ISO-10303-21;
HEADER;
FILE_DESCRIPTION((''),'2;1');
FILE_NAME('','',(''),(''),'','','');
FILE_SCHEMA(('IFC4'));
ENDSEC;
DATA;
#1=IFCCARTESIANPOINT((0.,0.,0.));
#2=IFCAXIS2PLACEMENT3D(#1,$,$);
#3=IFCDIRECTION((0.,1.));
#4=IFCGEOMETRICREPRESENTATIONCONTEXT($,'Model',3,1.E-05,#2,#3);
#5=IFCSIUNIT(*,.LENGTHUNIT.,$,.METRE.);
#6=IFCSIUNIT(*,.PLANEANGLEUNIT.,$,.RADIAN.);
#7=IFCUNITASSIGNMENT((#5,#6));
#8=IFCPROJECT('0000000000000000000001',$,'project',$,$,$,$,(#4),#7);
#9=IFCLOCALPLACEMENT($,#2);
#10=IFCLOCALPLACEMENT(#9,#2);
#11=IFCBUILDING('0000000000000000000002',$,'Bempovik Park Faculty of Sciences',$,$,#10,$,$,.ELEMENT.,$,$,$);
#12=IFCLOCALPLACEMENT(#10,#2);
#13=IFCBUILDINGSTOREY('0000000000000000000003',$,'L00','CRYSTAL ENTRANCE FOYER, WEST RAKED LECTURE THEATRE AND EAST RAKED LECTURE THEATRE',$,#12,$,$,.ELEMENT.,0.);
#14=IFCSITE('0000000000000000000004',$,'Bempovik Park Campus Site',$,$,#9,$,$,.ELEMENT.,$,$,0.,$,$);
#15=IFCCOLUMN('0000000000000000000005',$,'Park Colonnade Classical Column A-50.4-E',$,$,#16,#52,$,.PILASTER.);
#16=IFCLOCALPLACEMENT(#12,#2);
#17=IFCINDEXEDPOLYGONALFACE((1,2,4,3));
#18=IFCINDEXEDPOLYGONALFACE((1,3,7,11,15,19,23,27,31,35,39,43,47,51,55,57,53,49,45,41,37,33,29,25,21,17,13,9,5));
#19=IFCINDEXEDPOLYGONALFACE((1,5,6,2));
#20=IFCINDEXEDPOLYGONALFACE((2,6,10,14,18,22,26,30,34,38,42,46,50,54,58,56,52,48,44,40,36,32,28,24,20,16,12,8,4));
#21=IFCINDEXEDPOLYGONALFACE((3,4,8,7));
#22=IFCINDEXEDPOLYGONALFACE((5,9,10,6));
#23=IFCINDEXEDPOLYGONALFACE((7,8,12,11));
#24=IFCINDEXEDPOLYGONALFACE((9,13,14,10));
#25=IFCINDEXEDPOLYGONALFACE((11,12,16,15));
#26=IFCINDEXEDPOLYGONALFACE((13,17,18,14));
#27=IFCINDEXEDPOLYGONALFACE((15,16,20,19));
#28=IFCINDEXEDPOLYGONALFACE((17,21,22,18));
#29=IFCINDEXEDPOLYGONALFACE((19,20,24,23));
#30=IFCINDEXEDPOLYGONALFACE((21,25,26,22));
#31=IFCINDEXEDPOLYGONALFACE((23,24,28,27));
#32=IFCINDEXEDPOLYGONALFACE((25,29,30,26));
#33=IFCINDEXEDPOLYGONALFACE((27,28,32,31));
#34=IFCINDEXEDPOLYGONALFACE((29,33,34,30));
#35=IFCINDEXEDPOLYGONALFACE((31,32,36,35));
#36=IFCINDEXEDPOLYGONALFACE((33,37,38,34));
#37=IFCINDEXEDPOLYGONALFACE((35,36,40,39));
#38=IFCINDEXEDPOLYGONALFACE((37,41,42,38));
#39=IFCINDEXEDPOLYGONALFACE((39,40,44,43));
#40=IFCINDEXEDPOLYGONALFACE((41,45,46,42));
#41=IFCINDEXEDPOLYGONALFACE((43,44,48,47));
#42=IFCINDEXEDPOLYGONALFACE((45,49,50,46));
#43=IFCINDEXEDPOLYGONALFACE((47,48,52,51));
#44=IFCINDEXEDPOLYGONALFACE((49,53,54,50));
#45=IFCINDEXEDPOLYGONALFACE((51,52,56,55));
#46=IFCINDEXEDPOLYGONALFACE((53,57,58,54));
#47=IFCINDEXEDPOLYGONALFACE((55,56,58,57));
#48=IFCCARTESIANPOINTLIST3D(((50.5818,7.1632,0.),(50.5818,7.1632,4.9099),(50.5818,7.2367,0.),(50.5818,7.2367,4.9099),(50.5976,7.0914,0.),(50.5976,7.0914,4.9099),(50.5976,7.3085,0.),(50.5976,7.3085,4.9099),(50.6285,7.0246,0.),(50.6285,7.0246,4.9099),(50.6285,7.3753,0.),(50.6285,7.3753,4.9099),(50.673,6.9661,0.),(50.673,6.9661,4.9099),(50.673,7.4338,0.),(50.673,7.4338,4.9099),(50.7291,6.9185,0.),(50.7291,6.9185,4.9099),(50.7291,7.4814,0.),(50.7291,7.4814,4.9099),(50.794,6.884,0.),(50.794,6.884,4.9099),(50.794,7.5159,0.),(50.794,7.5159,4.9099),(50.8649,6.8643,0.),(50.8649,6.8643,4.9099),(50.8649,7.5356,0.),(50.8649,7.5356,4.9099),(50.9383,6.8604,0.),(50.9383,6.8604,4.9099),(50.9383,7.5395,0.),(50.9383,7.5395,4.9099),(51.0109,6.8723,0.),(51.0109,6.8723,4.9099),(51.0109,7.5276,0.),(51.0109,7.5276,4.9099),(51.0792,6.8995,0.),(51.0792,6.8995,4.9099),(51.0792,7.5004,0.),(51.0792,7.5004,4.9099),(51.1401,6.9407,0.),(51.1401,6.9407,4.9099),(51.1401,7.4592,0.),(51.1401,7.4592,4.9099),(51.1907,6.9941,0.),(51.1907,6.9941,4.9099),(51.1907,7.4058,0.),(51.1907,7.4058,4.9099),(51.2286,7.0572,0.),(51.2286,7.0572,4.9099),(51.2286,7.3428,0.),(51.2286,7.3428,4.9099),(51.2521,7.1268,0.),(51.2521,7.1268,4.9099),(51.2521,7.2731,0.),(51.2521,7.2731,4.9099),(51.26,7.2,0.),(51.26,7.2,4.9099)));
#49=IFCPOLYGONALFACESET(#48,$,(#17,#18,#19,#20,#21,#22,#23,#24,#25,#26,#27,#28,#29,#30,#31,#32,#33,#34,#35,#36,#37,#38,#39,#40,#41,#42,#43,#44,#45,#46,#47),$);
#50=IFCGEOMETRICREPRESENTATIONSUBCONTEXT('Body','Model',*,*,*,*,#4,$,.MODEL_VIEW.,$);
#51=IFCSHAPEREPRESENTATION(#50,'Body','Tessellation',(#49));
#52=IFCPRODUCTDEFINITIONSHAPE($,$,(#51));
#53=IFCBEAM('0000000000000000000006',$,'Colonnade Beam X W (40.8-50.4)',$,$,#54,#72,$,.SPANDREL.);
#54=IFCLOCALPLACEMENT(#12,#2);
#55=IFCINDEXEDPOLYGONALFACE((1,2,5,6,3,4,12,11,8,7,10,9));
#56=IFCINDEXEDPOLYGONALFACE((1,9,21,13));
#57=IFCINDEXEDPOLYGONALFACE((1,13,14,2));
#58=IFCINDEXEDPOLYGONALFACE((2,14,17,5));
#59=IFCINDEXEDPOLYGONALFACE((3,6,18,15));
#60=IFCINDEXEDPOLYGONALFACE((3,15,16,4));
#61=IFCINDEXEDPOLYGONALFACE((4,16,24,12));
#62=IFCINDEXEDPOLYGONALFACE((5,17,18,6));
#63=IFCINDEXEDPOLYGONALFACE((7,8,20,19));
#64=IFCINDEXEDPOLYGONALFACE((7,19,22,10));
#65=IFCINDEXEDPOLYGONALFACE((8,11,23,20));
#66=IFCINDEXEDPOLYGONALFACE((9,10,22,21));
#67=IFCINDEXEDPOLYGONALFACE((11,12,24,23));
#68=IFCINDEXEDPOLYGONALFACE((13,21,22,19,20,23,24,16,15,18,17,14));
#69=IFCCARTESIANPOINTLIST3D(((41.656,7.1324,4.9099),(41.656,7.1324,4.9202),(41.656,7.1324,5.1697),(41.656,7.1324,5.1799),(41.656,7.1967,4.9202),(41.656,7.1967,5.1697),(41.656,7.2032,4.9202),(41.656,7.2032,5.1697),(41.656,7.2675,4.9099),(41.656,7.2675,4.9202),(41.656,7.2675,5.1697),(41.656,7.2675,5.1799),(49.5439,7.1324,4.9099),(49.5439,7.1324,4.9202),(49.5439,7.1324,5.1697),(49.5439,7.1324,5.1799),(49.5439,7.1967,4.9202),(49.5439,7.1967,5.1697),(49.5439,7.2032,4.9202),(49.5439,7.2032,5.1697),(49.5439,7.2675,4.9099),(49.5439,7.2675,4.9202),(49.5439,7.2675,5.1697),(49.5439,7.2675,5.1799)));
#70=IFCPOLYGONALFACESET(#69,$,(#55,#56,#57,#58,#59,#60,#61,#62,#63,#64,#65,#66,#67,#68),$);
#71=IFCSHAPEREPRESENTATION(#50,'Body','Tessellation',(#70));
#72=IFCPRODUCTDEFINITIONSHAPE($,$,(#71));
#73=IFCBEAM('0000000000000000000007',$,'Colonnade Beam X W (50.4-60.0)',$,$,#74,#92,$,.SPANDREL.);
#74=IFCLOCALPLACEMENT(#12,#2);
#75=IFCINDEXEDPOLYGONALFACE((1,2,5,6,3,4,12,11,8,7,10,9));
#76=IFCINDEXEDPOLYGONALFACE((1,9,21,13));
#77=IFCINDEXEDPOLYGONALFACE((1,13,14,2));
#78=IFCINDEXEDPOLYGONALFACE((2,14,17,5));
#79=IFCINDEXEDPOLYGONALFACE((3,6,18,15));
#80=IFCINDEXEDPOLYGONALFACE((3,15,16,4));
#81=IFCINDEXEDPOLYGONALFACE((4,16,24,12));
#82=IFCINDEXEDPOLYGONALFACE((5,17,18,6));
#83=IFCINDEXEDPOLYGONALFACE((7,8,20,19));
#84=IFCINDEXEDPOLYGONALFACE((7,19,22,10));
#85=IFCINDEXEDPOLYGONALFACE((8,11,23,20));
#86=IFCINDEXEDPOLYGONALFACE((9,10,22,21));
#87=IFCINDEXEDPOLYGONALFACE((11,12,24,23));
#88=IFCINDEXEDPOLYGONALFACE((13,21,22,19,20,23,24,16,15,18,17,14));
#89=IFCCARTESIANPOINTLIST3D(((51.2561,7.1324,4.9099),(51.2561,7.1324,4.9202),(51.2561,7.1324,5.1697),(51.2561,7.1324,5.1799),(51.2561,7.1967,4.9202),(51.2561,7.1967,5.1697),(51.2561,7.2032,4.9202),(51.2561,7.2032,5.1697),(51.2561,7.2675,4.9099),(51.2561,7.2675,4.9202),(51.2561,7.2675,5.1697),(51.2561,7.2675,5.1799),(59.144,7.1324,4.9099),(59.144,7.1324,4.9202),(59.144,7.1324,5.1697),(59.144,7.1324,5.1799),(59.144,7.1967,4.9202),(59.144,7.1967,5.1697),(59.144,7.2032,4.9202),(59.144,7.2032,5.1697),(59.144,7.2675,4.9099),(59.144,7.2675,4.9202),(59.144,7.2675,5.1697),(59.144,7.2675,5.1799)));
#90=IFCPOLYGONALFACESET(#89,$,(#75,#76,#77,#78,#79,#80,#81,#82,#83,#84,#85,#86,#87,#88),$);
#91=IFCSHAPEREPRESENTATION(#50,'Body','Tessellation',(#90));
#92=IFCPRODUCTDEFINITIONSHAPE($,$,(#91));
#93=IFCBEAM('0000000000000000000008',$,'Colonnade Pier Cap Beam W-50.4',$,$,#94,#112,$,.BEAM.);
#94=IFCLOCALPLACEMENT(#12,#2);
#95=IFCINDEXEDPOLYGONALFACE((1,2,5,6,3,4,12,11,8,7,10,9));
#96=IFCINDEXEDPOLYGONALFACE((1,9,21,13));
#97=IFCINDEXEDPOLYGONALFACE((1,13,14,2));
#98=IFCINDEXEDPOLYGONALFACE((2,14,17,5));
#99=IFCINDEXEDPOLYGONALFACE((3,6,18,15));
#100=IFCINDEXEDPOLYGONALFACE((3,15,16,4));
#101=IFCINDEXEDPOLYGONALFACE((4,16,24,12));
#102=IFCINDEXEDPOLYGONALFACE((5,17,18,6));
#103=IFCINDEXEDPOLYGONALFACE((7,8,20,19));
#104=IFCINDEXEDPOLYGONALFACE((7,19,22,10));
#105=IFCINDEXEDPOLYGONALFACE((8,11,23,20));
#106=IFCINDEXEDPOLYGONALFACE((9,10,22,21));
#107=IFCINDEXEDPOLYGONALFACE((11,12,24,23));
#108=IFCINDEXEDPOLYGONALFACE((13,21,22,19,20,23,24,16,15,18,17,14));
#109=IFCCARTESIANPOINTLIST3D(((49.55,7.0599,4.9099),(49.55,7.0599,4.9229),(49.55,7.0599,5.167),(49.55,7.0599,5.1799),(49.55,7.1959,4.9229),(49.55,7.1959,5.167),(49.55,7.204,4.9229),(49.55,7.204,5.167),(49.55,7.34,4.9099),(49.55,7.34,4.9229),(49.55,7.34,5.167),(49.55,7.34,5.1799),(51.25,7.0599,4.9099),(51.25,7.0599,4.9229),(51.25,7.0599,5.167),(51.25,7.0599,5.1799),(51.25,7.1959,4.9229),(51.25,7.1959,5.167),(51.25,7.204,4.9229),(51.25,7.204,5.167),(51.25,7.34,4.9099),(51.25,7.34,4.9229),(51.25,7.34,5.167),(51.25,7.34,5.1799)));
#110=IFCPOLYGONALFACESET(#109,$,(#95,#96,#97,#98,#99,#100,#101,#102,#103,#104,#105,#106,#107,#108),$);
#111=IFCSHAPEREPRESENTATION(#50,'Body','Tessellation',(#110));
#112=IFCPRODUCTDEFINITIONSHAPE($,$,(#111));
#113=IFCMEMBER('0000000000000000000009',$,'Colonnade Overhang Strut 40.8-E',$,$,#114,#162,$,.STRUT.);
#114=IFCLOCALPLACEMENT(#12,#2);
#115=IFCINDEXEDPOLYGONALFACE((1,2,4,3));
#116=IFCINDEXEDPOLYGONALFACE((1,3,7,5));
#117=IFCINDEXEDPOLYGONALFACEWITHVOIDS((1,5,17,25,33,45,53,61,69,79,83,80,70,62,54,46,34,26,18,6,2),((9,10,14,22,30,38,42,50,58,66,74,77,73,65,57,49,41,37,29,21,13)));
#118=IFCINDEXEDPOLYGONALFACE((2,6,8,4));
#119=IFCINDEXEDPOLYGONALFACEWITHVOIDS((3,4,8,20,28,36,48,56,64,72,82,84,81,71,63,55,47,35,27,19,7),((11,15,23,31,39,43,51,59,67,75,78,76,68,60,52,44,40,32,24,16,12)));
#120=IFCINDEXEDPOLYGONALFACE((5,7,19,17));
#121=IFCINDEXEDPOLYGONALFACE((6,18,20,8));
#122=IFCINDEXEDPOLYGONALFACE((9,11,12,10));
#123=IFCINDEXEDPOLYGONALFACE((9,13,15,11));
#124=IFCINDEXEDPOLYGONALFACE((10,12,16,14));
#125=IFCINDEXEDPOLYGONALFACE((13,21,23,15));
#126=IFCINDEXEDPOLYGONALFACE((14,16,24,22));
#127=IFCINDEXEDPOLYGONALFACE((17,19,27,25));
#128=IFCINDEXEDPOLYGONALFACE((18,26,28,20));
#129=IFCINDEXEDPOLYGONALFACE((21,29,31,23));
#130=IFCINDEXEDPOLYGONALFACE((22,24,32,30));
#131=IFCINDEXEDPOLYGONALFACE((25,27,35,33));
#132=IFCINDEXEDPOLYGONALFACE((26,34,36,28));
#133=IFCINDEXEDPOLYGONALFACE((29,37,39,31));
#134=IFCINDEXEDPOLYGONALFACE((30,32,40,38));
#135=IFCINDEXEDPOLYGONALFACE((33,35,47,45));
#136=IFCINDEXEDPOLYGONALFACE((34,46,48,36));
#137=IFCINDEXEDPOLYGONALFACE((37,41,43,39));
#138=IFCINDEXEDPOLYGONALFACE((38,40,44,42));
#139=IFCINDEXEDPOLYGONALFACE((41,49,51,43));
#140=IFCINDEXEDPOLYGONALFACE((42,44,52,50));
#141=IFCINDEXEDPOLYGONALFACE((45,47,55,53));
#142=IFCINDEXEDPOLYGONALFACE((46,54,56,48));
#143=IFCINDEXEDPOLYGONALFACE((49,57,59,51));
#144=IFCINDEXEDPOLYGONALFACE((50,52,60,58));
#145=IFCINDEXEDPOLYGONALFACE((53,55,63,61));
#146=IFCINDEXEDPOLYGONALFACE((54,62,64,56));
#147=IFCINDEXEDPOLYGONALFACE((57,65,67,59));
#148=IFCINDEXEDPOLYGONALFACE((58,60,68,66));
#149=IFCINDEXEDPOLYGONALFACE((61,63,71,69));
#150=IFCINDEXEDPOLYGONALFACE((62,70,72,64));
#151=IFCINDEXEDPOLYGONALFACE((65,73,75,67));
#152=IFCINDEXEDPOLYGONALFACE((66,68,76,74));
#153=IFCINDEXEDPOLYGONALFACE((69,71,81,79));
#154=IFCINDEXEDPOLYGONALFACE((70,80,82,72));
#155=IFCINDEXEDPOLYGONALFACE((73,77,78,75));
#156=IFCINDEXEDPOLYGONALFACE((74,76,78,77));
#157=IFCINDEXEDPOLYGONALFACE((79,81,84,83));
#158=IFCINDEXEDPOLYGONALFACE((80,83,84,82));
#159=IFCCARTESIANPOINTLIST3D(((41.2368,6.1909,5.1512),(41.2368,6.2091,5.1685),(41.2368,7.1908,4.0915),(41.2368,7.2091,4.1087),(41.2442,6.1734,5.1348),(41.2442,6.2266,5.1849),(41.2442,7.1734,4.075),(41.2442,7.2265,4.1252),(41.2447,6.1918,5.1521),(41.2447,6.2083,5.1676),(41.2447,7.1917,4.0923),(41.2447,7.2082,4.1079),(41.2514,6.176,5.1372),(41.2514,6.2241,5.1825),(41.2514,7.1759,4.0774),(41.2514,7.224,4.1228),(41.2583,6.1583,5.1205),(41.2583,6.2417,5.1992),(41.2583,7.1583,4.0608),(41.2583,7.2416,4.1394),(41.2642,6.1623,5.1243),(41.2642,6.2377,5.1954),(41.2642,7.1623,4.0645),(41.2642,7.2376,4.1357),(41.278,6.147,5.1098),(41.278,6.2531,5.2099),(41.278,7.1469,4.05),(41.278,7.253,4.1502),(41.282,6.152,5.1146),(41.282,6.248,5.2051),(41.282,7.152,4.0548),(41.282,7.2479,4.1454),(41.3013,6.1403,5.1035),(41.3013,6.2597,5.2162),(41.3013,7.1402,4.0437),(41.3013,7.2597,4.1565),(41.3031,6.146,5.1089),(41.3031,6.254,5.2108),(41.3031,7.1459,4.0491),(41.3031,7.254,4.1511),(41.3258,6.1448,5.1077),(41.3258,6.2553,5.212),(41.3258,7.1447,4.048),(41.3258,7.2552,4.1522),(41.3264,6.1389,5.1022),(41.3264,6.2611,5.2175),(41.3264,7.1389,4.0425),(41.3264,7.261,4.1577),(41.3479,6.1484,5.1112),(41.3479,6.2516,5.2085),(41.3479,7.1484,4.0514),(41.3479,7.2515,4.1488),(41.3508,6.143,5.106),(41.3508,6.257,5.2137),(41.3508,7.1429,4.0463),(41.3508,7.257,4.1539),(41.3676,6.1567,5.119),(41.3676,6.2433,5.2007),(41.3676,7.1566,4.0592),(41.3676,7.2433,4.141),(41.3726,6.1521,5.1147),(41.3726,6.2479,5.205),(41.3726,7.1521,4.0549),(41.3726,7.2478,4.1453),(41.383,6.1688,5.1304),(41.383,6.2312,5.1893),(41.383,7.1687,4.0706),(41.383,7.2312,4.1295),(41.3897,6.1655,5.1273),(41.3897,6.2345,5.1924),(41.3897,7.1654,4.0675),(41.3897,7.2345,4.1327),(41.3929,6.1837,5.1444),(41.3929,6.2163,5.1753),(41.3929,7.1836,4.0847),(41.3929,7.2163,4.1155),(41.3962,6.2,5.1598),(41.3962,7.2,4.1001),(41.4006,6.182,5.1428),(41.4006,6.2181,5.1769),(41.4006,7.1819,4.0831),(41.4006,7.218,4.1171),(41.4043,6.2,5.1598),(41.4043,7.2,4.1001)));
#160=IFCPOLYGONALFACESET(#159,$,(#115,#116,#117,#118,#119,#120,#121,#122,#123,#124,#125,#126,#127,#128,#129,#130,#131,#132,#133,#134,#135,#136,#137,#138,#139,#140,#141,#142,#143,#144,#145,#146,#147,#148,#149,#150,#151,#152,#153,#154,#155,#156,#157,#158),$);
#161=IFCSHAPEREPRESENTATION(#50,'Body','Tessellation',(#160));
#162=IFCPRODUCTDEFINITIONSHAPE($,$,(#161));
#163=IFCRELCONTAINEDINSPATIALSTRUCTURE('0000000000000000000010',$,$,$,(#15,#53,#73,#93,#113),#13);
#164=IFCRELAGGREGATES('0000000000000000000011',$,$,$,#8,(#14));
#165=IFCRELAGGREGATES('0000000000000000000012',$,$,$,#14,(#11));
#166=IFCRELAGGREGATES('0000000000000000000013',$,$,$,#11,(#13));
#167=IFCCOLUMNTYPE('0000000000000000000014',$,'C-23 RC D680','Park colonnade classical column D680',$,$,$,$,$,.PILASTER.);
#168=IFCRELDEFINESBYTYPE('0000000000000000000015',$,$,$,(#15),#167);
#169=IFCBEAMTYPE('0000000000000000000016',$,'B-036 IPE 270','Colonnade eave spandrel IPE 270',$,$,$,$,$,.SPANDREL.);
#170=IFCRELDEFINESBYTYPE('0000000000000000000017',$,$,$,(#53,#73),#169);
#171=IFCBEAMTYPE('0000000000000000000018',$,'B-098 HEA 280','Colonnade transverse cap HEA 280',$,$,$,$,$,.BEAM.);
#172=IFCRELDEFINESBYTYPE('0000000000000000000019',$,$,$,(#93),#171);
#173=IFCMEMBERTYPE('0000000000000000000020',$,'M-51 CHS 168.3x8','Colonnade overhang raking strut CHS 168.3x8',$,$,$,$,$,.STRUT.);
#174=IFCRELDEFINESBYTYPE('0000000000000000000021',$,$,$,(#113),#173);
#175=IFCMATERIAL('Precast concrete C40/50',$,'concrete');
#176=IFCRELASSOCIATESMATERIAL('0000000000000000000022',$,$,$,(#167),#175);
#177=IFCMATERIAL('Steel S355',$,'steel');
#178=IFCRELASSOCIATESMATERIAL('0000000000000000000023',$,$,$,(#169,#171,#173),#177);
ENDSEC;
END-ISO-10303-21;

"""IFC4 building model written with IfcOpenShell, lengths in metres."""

from ifc_helpers import new_model, si_unit, direction, frame, origin, origin_2d, place, context, subcontext, project, spatial, circle, hollow_circle, i_section, extrude, material, material_profile, profile_set, type_object, element, save


model = new_model("IFC4")

# Units and contexts
model_context = context("Model", 3, precision=1e-05, world=origin(), true_north=direction((0.0, 1.0)))
body_context = subcontext(model_context, "Body", "Model", "MODEL_VIEW")
ifc_project = project(units=[si_unit("LENGTHUNIT", "METRE"), si_unit("PLANEANGLEUNIT", "RADIAN")], contexts=[model_context])

# Site, building, storey
site_placement = place(None, origin())
site = spatial("IfcSite", under=ifc_project, at=site_placement, Name="Bempovik Park Campus Site", CompositionType="ELEMENT", RefElevation=0.0)
building_placement = place(site_placement, origin())
building = spatial("IfcBuilding", under=site, at=building_placement, Name="Bempovik Park Faculty of Sciences", CompositionType="ELEMENT")
storey_placement = place(building_placement, origin())
storey = spatial("IfcBuildingStorey", under=building, at=storey_placement, Name="L00", Description="CRYSTAL ENTRANCE FOYER, WEST RAKED LECTURE THEATRE AND EAST RAKED LECTURE THEATRE", CompositionType="ELEMENT", Elevation=0.0)

# Column
ifc_material_1 = material(Name="Precast concrete C40/50", Category="concrete")
ifc_material_profile_1 = material_profile(ifc_material_1, circle(Radius=0.3401, at=origin_2d()), Name="RC D680")
ifc_profile_set_1 = profile_set([ifc_material_profile_1], Name="Precast concrete C40/50")
column_type = type_object("IfcColumnType", Name="C-23 RC D680", Description="Park colonnade classical column D680", PredefinedType="PILASTER", material=ifc_profile_set_1)
for number, where, z_axis, x_axis, name in (
    (1, (50.9199, 7.2, 0.0), (0.0, 0.0, 1.0), (1.0, 0.0, 0.0), "Park Colonnade Classical Column A-50.4-E"),
):
    element("IfcColumn", number, at=place(storey_placement, frame(where, z_axis=z_axis, x_axis=x_axis)), inside=storey, type_object=column_type, Name=name, PredefinedType="PILASTER", context=body_context, shape_type="SweptSolid", body=[
        extrude(circle(Radius=0.3401, at=origin_2d()), origin(), (0.0, 0.0, 1.0), 4.9099),
    ])

# Beams
ifc_material_2 = material(Name="Steel S355", Category="steel")
ifc_material_profile_2 = material_profile(ifc_material_2, i_section(OverallWidth=0.135, OverallDepth=0.27, WebThickness=0.0066, FlangeThickness=0.0103, at=origin_2d()), Name="IPE 270")
ifc_profile_set_2 = profile_set([ifc_material_profile_2], Name="Steel S355")
beam_type_1 = type_object("IfcBeamType", Name="B-036 IPE 270", Description="Colonnade eave spandrel IPE 270", PredefinedType="SPANDREL", material=ifc_profile_set_2)
for number, where, z_axis, x_axis, name in (
    (2, (41.656, 7.2, 5.0449), (1.0, 0.0, 0.0), (0.0, 1.0, 0.0), "Colonnade Beam X W (40.8-50.4)"),
    (3, (51.2561, 7.2, 5.0449), (1.0, 0.0, 0.0), (0.0, 1.0, 0.0), "Colonnade Beam X W (50.4-60.0)"),
):
    element("IfcBeam", number, at=place(storey_placement, frame(where, z_axis=z_axis, x_axis=x_axis)), inside=storey, type_object=beam_type_1, Name=name, PredefinedType="SPANDREL", context=body_context, shape_type="SweptSolid", body=[
        extrude(i_section(OverallWidth=0.135, OverallDepth=0.27, WebThickness=0.0066, FlangeThickness=0.0103, at=origin_2d()), origin(), (0.0, 0.0, 1.0), 7.8879),
    ])
ifc_material_profile_3 = material_profile(ifc_material_2, i_section(OverallWidth=0.28, OverallDepth=0.27, WebThickness=0.0081, FlangeThickness=0.0129, at=origin_2d()), Name="HEA 280")
ifc_profile_set_3 = profile_set([ifc_material_profile_3], Name="Steel S355")
beam_type_2 = type_object("IfcBeamType", Name="B-098 HEA 280", Description="Colonnade transverse cap HEA 280", PredefinedType="BEAM", material=ifc_profile_set_3)
beam_placement = place(storey_placement, frame((49.55, 7.2, 5.0449), z_axis=(1.0, 0.0, 0.0), x_axis=(0.0, 1.0, 0.0)))
element("IfcBeam", 4, at=beam_placement, inside=storey, type_object=beam_type_2, Name="Colonnade Pier Cap Beam W-50.4", PredefinedType="BEAM", context=body_context, shape_type="SweptSolid", body=[
    extrude(i_section(OverallWidth=0.28, OverallDepth=0.27, WebThickness=0.0081, FlangeThickness=0.0129, at=origin_2d()), origin(), (0.0, 0.0, 1.0), 1.7),
])

# Member
ifc_material_profile_4 = material_profile(ifc_material_2, hollow_circle(Radius=0.0842, WallThickness=0.0081, at=origin_2d()), Name="CHS 168.3x8")
ifc_profile_set_4 = profile_set([ifc_material_profile_4], Name="Steel S355")
member_type = type_object("IfcMemberType", Name="M-51 CHS 168.3x8", Description="Colonnade overhang raking strut CHS 168.3x8", PredefinedType="STRUT", material=ifc_profile_set_4)
for number, where, z_axis, x_axis, name in (
    (5, (41.3201, 7.2, 4.1001), (0.0, -0.686284, 0.727334), (1.0, 0.0, 0.0), "Colonnade Overhang Strut 40.8-E"),
):
    element("IfcMember", number, at=place(storey_placement, frame(where, z_axis=z_axis, x_axis=x_axis)), inside=storey, type_object=member_type, Name=name, PredefinedType="STRUT", context=body_context, shape_type="SweptSolid", body=[
        extrude(hollow_circle(Radius=0.0842, WallThickness=0.0081, at=origin_2d()), origin(), (0.0, 0.0, 1.0), 1.457),
    ])

save(model, "model.ifc")
